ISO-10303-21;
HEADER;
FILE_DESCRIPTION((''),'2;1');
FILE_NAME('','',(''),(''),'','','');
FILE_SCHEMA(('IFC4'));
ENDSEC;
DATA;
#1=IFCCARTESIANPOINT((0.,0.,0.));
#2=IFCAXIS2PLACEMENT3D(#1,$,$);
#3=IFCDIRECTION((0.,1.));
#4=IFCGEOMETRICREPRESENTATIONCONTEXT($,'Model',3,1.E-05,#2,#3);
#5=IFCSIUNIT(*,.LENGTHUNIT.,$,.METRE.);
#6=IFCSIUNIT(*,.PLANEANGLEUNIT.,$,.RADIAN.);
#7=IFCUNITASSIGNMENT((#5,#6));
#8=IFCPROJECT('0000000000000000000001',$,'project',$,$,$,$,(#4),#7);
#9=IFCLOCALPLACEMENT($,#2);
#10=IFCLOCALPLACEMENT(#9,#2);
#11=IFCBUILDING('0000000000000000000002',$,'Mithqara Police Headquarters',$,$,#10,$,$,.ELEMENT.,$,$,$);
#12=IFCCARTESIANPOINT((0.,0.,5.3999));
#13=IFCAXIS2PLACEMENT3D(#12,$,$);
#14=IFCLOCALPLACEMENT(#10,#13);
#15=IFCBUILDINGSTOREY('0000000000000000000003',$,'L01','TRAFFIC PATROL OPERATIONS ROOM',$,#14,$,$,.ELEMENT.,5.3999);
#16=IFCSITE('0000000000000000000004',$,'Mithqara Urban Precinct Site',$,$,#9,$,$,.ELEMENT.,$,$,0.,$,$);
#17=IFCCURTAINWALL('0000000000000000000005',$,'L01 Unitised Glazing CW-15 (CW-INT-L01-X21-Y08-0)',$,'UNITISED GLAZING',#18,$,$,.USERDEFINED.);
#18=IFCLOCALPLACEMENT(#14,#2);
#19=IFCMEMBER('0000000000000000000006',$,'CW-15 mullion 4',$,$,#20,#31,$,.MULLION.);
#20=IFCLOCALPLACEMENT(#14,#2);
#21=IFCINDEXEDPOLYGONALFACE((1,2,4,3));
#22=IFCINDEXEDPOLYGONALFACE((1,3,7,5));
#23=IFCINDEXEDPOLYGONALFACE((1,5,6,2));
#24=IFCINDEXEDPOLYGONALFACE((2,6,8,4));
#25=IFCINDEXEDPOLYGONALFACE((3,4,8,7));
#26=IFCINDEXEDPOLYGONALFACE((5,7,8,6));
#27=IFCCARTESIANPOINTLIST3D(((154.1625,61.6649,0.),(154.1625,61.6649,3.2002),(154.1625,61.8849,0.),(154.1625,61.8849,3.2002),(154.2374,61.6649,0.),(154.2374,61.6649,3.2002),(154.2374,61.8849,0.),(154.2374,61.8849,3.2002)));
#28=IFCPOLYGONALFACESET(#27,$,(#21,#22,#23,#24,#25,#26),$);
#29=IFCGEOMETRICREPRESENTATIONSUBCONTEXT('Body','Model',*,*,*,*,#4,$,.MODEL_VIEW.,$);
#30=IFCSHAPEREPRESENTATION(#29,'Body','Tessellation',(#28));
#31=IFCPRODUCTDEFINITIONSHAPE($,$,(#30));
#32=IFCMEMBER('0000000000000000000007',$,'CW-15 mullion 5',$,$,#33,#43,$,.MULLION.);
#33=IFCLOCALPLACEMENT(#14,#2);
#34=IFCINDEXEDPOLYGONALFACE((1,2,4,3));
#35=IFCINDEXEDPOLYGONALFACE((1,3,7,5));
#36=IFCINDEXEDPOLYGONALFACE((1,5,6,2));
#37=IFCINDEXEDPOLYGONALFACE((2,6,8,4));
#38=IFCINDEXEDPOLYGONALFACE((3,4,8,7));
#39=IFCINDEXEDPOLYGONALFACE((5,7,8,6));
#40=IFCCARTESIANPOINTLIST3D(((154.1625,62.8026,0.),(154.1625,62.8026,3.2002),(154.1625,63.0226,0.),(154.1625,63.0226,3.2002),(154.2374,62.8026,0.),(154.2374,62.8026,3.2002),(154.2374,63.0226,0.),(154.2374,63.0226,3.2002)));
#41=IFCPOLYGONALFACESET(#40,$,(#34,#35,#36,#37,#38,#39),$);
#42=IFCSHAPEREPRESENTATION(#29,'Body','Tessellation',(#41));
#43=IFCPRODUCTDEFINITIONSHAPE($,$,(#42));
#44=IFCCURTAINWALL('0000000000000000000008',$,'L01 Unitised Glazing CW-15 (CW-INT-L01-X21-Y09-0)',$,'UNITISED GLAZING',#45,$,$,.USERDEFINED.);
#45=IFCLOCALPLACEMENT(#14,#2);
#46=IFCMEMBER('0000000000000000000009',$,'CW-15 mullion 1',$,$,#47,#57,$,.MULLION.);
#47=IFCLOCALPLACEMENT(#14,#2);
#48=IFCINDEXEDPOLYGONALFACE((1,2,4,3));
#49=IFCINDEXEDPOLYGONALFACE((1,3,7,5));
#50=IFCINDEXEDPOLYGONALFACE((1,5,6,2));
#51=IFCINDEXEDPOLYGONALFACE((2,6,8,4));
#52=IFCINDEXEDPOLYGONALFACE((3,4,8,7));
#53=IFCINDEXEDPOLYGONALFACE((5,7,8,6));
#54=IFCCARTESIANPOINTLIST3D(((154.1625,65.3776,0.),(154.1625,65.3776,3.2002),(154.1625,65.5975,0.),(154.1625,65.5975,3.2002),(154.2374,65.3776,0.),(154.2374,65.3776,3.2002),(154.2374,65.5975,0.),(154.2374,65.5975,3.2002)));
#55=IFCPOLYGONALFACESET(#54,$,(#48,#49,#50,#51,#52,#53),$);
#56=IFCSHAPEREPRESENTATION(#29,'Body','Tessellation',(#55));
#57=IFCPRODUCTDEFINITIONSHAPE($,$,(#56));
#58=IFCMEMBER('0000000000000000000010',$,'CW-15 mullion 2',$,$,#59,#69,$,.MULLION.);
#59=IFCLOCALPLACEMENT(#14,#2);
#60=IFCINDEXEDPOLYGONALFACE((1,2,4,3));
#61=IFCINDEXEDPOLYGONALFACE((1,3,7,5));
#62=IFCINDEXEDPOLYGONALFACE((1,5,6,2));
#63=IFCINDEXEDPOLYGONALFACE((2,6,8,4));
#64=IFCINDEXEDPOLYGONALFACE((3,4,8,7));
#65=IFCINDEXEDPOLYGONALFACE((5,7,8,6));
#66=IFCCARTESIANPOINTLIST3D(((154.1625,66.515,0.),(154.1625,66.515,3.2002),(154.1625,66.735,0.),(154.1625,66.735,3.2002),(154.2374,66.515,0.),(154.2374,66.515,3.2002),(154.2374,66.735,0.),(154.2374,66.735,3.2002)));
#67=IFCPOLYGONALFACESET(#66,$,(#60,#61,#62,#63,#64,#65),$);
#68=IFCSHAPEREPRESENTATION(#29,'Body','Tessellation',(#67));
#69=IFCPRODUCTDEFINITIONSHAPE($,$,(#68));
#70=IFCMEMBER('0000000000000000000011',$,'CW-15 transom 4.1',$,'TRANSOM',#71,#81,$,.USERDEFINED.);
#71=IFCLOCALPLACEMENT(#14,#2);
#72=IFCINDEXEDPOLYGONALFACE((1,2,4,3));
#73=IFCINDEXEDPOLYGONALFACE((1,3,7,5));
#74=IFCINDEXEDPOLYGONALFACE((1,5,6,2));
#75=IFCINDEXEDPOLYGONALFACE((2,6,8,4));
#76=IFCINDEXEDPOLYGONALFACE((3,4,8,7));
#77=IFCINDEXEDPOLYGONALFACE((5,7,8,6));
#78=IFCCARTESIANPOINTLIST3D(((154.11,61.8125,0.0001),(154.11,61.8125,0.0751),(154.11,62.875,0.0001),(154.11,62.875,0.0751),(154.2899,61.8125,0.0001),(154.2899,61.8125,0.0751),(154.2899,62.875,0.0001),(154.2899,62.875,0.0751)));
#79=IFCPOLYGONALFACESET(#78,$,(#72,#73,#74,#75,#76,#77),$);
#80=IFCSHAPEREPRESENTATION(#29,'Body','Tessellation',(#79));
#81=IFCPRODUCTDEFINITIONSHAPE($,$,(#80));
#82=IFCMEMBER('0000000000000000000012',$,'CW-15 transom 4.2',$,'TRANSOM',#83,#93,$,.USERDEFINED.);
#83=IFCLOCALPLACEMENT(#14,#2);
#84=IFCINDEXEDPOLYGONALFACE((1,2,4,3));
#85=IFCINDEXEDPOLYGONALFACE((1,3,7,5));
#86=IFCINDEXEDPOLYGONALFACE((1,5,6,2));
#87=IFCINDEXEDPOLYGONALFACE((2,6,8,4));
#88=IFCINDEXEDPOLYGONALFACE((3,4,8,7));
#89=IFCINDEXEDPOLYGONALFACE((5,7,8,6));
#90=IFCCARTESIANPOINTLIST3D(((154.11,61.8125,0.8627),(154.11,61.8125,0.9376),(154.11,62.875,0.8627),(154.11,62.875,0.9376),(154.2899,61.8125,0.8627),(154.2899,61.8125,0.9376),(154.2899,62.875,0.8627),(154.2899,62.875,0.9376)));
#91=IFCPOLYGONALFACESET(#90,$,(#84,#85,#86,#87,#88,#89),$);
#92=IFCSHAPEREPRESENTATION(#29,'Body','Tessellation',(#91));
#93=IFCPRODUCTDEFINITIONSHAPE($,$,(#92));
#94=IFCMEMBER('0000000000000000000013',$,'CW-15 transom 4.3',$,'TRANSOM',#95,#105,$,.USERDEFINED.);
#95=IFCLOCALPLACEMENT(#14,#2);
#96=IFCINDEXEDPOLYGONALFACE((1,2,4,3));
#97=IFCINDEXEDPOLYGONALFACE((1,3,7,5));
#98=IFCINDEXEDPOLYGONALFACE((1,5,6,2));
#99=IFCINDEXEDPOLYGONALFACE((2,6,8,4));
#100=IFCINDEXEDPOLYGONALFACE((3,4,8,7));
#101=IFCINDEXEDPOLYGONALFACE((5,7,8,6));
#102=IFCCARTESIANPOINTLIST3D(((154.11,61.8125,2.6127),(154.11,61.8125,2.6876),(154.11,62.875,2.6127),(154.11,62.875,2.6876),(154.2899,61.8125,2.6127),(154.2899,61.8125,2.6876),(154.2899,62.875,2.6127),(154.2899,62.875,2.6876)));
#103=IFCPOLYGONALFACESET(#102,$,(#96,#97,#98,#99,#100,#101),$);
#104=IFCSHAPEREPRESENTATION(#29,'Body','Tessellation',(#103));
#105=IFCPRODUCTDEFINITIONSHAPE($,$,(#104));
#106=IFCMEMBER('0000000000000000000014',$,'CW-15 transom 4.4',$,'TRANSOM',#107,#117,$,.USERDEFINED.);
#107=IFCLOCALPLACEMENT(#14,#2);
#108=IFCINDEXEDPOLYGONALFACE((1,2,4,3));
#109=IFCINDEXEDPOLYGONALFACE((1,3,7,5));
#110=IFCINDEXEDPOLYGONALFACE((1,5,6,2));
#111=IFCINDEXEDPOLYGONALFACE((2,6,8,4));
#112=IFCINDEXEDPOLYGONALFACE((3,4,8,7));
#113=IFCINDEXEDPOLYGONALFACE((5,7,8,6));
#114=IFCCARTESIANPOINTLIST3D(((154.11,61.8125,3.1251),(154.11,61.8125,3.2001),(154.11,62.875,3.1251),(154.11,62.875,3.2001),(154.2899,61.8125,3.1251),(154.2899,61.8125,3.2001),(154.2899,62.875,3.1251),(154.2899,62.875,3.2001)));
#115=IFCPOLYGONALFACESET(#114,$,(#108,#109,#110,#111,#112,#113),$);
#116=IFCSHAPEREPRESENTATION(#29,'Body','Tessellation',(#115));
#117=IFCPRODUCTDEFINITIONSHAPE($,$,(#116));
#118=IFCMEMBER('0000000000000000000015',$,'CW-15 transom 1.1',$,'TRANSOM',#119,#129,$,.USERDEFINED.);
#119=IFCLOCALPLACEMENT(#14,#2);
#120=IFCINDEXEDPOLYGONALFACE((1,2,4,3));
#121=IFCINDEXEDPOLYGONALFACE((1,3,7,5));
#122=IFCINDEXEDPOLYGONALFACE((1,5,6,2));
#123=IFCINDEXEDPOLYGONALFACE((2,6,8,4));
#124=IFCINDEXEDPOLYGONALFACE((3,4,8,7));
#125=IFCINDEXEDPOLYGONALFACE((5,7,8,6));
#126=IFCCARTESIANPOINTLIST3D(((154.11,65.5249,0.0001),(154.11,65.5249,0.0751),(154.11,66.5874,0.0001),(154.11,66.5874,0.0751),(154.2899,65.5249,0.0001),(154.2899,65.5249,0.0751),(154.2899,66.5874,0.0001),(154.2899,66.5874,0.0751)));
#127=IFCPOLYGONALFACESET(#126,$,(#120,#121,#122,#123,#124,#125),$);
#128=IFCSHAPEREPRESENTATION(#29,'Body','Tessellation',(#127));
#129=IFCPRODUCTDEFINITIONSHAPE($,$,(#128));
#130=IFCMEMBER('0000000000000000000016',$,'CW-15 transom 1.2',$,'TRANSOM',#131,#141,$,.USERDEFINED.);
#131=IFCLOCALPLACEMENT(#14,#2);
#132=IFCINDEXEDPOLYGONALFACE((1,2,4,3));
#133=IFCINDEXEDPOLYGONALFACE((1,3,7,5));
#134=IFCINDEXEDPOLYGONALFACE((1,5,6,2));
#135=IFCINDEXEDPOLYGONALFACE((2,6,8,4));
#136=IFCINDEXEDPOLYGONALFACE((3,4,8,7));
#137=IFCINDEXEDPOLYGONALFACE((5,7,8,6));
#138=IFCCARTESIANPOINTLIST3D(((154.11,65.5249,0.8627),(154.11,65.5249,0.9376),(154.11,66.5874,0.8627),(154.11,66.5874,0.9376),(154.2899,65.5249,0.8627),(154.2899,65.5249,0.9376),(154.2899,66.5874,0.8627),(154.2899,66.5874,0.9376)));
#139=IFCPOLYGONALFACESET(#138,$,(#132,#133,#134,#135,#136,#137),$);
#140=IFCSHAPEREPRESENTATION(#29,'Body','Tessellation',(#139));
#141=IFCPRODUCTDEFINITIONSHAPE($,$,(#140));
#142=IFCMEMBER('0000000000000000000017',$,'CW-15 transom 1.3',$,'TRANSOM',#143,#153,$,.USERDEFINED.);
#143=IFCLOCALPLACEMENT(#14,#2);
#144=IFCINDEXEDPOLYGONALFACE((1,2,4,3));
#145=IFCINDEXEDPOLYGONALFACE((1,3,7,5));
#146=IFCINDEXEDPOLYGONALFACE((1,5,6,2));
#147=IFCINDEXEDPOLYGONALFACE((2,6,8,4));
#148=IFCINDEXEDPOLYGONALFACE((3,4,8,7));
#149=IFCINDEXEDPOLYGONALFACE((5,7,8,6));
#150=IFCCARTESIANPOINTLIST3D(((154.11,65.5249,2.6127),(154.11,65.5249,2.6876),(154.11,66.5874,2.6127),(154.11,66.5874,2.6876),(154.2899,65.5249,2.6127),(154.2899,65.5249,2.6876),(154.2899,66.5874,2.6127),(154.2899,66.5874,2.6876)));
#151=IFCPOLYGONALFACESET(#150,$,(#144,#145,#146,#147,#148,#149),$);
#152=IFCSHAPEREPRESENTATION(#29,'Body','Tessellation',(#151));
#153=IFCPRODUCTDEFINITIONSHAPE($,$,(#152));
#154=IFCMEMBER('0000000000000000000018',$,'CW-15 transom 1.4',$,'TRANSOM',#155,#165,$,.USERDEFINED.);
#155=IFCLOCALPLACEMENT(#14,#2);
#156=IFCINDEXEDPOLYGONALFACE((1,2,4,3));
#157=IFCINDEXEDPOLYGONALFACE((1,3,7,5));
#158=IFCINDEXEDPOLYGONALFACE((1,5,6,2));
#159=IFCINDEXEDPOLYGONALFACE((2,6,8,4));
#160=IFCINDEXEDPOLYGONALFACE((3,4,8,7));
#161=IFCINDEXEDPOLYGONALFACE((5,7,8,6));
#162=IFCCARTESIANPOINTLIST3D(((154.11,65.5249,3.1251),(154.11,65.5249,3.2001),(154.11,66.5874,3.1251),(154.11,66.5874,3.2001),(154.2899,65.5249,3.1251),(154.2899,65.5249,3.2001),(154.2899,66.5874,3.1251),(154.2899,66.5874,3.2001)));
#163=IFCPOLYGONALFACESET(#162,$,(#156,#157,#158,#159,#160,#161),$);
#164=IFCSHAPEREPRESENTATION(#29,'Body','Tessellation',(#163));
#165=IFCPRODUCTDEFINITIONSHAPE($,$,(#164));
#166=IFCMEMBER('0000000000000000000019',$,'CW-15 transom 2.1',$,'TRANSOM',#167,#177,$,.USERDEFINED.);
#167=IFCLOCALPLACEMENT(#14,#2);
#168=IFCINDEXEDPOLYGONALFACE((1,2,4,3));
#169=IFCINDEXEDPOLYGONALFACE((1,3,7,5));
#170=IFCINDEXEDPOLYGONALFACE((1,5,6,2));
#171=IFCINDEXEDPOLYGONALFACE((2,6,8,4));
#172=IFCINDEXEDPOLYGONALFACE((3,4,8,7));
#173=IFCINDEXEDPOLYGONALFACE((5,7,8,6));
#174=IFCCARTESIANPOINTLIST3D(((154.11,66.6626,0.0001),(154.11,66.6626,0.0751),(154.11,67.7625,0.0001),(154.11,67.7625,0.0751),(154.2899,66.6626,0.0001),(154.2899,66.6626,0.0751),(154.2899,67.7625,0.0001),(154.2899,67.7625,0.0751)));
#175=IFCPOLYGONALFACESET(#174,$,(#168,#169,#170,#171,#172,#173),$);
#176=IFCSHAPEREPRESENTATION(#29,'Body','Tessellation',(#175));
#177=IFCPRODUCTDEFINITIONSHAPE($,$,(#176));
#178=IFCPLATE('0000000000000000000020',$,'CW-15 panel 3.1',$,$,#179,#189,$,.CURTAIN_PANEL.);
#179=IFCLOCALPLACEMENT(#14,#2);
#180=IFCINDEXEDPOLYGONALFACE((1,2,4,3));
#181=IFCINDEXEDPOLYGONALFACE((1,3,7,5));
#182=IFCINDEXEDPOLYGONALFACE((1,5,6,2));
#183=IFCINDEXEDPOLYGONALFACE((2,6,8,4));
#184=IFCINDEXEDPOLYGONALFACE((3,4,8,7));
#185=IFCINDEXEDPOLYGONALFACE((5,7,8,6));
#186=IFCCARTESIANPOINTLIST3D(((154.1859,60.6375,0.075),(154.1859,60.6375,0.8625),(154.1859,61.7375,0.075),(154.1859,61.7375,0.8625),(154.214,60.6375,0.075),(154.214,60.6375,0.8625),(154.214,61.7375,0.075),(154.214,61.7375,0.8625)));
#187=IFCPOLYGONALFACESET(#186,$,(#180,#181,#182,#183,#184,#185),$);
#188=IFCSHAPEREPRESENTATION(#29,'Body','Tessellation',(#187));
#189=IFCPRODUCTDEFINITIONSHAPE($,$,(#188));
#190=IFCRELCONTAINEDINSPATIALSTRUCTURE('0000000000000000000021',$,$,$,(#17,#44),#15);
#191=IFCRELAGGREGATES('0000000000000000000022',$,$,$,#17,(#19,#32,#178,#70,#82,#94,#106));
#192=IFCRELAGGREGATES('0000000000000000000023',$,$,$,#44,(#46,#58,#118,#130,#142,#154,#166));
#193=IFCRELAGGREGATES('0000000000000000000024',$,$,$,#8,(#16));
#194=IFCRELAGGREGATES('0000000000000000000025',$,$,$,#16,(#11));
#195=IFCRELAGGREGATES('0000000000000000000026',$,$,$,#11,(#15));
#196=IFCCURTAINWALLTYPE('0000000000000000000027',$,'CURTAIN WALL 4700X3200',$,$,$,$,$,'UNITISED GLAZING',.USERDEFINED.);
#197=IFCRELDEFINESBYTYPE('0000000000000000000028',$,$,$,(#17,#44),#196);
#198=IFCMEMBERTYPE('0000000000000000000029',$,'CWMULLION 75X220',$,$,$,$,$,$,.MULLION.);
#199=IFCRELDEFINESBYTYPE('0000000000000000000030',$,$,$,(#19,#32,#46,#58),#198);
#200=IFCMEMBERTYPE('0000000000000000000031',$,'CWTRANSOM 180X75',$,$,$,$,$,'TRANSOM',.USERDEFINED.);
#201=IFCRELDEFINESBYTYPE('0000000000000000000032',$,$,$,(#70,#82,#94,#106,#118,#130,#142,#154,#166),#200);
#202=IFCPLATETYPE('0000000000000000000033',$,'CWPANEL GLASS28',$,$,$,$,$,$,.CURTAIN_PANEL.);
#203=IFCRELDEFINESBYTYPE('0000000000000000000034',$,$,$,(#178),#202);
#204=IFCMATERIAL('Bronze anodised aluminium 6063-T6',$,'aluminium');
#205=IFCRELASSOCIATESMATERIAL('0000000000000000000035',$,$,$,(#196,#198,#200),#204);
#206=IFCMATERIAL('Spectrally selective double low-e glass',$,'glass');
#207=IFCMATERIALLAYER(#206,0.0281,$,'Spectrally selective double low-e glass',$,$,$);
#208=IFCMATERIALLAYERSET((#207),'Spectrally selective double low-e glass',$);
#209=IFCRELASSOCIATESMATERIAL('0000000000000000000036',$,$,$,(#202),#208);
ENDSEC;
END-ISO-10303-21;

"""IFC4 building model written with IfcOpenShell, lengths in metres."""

from ifc_helpers import new_model, si_unit, direction, frame, origin, origin_2d, place, context, subcontext, project, spatial, rectangle, extrude, material, layer, layer_set, material_profile, profile_set, type_object, element, aggregate, save


model = new_model("IFC4")

# Units and contexts
model_context = context("Model", 3, precision=1e-05, world=origin(), true_north=direction((0.0, 1.0)))
body_context = subcontext(model_context, "Body", "Model", "MODEL_VIEW")
ifc_project = project(units=[si_unit("LENGTHUNIT", "METRE"), si_unit("PLANEANGLEUNIT", "RADIAN")], contexts=[model_context])

# Site, building, storey
site_placement = place(None, origin())
site = spatial("IfcSite", under=ifc_project, at=site_placement, Name="Mithqara Urban Precinct Site", CompositionType="ELEMENT", RefElevation=0.0)
building_placement = place(site_placement, origin())
building = spatial("IfcBuilding", under=site, at=building_placement, Name="Mithqara Police Headquarters", CompositionType="ELEMENT")
storey_placement = place(building_placement, frame((0.0, 0.0, 5.3999)))
storey = spatial("IfcBuildingStorey", under=building, at=storey_placement, Name="L01", Description="TRAFFIC PATROL OPERATIONS ROOM", CompositionType="ELEMENT", Elevation=5.3999)

# Curtain walls, members
ifc_material_1 = material(Name="Bronze anodised aluminium 6063-T6", Category="aluminium")
curtain_wall_type = type_object("IfcCurtainWallType", Name="CURTAIN WALL 4700X3200", ElementType="UNITISED GLAZING", PredefinedType="USERDEFINED", material=ifc_material_1)
curtain_wall_1_placement = place(storey_placement, origin())
curtain_wall_1 = element("IfcCurtainWall", 1, at=curtain_wall_1_placement, inside=storey, type_object=curtain_wall_type, Name="L01 Unitised Glazing CW-15 (CW-INT-L01-X21-Y08-0)", ObjectType="UNITISED GLAZING", PredefinedType="USERDEFINED")
ifc_material_profile_1 = material_profile(ifc_material_1, rectangle(XDim=0.075, YDim=0.22, at=origin_2d()), Name="CWM 75x220")
ifc_profile_set_1 = profile_set([ifc_material_profile_1], Name="Bronze anodised aluminium 6063-T6")
member_type_1 = type_object("IfcMemberType", Name="CWMULLION 75X220", PredefinedType="MULLION", material=ifc_profile_set_1)
member_1_placement = place(storey_placement, frame((154.2, 61.7749, 0.0), z_axis=(0.0, 0.0, 1.0), x_axis=(-1.0, 0.0, 0.0)))
member_1 = element("IfcMember", 2, at=member_1_placement, type_object=member_type_1, Name="CW-15 mullion 4", PredefinedType="MULLION", context=body_context, shape_type="SweptSolid", body=[
    extrude(rectangle(XDim=0.075, YDim=0.22, at=origin_2d()), origin(), (0.0, 0.0, 1.0), 3.2002),
])
member_2_placement = place(storey_placement, frame((154.2, 62.9126, 0.0), z_axis=(0.0, 0.0, 1.0), x_axis=(-1.0, 0.0, 0.0)))
member_2 = element("IfcMember", 3, at=member_2_placement, type_object=member_type_1, Name="CW-15 mullion 5", PredefinedType="MULLION", context=body_context, shape_type="SweptSolid", body=[
    extrude(rectangle(XDim=0.075, YDim=0.22, at=origin_2d()), origin(), (0.0, 0.0, 1.0), 3.2002),
])
curtain_wall_2_placement = place(storey_placement, origin())
curtain_wall_2 = element("IfcCurtainWall", 4, at=curtain_wall_2_placement, inside=storey, type_object=curtain_wall_type, Name="L01 Unitised Glazing CW-15 (CW-INT-L01-X21-Y09-0)", ObjectType="UNITISED GLAZING", PredefinedType="USERDEFINED")
member_3_placement = place(storey_placement, frame((154.2, 65.4875, 0.0), z_axis=(0.0, 0.0, 1.0), x_axis=(-1.0, 0.0, 0.0)))
member_3 = element("IfcMember", 5, at=member_3_placement, type_object=member_type_1, Name="CW-15 mullion 1", PredefinedType="MULLION", context=body_context, shape_type="SweptSolid", body=[
    extrude(rectangle(XDim=0.075, YDim=0.22, at=origin_2d()), origin(), (0.0, 0.0, 1.0), 3.2002),
])
member_4_placement = place(storey_placement, frame((154.2, 66.625, 0.0), z_axis=(0.0, 0.0, 1.0), x_axis=(-1.0, 0.0, 0.0)))
member_4 = element("IfcMember", 6, at=member_4_placement, type_object=member_type_1, Name="CW-15 mullion 2", PredefinedType="MULLION", context=body_context, shape_type="SweptSolid", body=[
    extrude(rectangle(XDim=0.075, YDim=0.22, at=origin_2d()), origin(), (0.0, 0.0, 1.0), 3.2002),
])

# Members
ifc_material_profile_2 = material_profile(ifc_material_1, rectangle(XDim=0.1799, YDim=0.075, at=origin_2d()), Name="CWT 180x75")
ifc_profile_set_2 = profile_set([ifc_material_profile_2], Name="Bronze anodised aluminium 6063-T6")
member_type_2 = type_object("IfcMemberType", Name="CWTRANSOM 180X75", ElementType="TRANSOM", PredefinedType="USERDEFINED", material=ifc_profile_set_2)
member_5_placement = place(storey_placement, frame((154.2, 61.8125, 0.0376), z_axis=(0.0, 1.0, 0.0), x_axis=(-1.0, 0.0, 0.0)))
member_5 = element("IfcMember", 7, at=member_5_placement, type_object=member_type_2, Name="CW-15 transom 4.1", ObjectType="TRANSOM", PredefinedType="USERDEFINED", context=body_context, shape_type="SweptSolid", body=[
    extrude(rectangle(XDim=0.1799, YDim=0.075, at=origin_2d()), origin(), (0.0, 0.0, 1.0), 1.0625),
])
member_6_placement = place(storey_placement, frame((154.2, 61.8125, 0.9001), z_axis=(0.0, 1.0, 0.0), x_axis=(-1.0, 0.0, 0.0)))
member_6 = element("IfcMember", 8, at=member_6_placement, type_object=member_type_2, Name="CW-15 transom 4.2", ObjectType="TRANSOM", PredefinedType="USERDEFINED", context=body_context, shape_type="SweptSolid", body=[
    extrude(rectangle(XDim=0.1799, YDim=0.075, at=origin_2d()), origin(), (0.0, 0.0, 1.0), 1.0625),
])
member_7_placement = place(storey_placement, frame((154.2, 61.8125, 2.6501), z_axis=(0.0, 1.0, 0.0), x_axis=(-1.0, 0.0, 0.0)))
member_7 = element("IfcMember", 9, at=member_7_placement, type_object=member_type_2, Name="CW-15 transom 4.3", ObjectType="TRANSOM", PredefinedType="USERDEFINED", context=body_context, shape_type="SweptSolid", body=[
    extrude(rectangle(XDim=0.1799, YDim=0.075, at=origin_2d()), origin(), (0.0, 0.0, 1.0), 1.0625),
])
member_8_placement = place(storey_placement, frame((154.2, 61.8125, 3.1626), z_axis=(0.0, 1.0, 0.0), x_axis=(-1.0, 0.0, 0.0)))
member_8 = element("IfcMember", 10, at=member_8_placement, type_object=member_type_2, Name="CW-15 transom 4.4", ObjectType="TRANSOM", PredefinedType="USERDEFINED", context=body_context, shape_type="SweptSolid", body=[
    extrude(rectangle(XDim=0.1799, YDim=0.075, at=origin_2d()), origin(), (0.0, 0.0, 1.0), 1.0625),
])
member_9_placement = place(storey_placement, frame((154.2, 65.5249, 0.0376), z_axis=(0.0, 1.0, 0.0), x_axis=(-1.0, 0.0, 0.0)))
member_9 = element("IfcMember", 11, at=member_9_placement, type_object=member_type_2, Name="CW-15 transom 1.1", ObjectType="TRANSOM", PredefinedType="USERDEFINED", context=body_context, shape_type="SweptSolid", body=[
    extrude(rectangle(XDim=0.1799, YDim=0.075, at=origin_2d()), origin(), (0.0, 0.0, 1.0), 1.0625),
])
member_10_placement = place(storey_placement, frame((154.2, 65.5249, 0.9001), z_axis=(0.0, 1.0, 0.0), x_axis=(-1.0, 0.0, 0.0)))
member_10 = element("IfcMember", 12, at=member_10_placement, type_object=member_type_2, Name="CW-15 transom 1.2", ObjectType="TRANSOM", PredefinedType="USERDEFINED", context=body_context, shape_type="SweptSolid", body=[
    extrude(rectangle(XDim=0.1799, YDim=0.075, at=origin_2d()), origin(), (0.0, 0.0, 1.0), 1.0625),
])
member_11_placement = place(storey_placement, frame((154.2, 65.5249, 2.6501), z_axis=(0.0, 1.0, 0.0), x_axis=(-1.0, 0.0, 0.0)))
member_11 = element("IfcMember", 13, at=member_11_placement, type_object=member_type_2, Name="CW-15 transom 1.3", ObjectType="TRANSOM", PredefinedType="USERDEFINED", context=body_context, shape_type="SweptSolid", body=[
    extrude(rectangle(XDim=0.1799, YDim=0.075, at=origin_2d()), origin(), (0.0, 0.0, 1.0), 1.0625),
])
member_12_placement = place(storey_placement, frame((154.2, 65.5249, 3.1626), z_axis=(0.0, 1.0, 0.0), x_axis=(-1.0, 0.0, 0.0)))
member_12 = element("IfcMember", 14, at=member_12_placement, type_object=member_type_2, Name="CW-15 transom 1.4", ObjectType="TRANSOM", PredefinedType="USERDEFINED", context=body_context, shape_type="SweptSolid", body=[
    extrude(rectangle(XDim=0.1799, YDim=0.075, at=origin_2d()), origin(), (0.0, 0.0, 1.0), 1.0625),
])
member_13_placement = place(storey_placement, frame((154.2, 66.6626, 0.0376), z_axis=(0.0, 1.0, 0.0), x_axis=(-1.0, 0.0, 0.0)))
member_13 = element("IfcMember", 15, at=member_13_placement, type_object=member_type_2, Name="CW-15 transom 2.1", ObjectType="TRANSOM", PredefinedType="USERDEFINED", context=body_context, shape_type="SweptSolid", body=[
    extrude(rectangle(XDim=0.1799, YDim=0.075, at=origin_2d()), origin(), (0.0, 0.0, 1.0), 1.0999),
])

# Plate
ifc_material_2 = material(Name="Spectrally selective double low-e glass", Category="glass")
ifc_layer_1 = layer(ifc_material_2, 0.0281, Name="Spectrally selective double low-e glass")
ifc_layer_set_1 = layer_set([ifc_layer_1], Name="Spectrally selective double low-e glass")
plate_type_1 = type_object("IfcPlateType", Name="CWPANEL GLASS28", PredefinedType="CURTAIN_PANEL", material=ifc_layer_set_1)
plate_1_placement = place(storey_placement, frame((154.2, 61.1875, 0.075), z_axis=(0.0, 0.0, 1.0), x_axis=(0.0, 1.0, 0.0)))
plate_1 = element("IfcPlate", 16, at=plate_1_placement, type_object=plate_type_1, Name="CW-15 panel 3.1", PredefinedType="CURTAIN_PANEL", context=body_context, shape_type="SweptSolid", body=[
    extrude(rectangle(XDim=1.1001, YDim=0.0281, at=origin_2d()), origin(), (0.0, 0.0, 1.0), 0.7876),
])
aggregate(curtain_wall_1, [member_1, member_2, plate_1, member_5, member_6, member_7, member_8])
aggregate(curtain_wall_2, [member_3, member_4, member_9, member_10, member_11, member_12, member_13])

save(model, "model.ifc")
